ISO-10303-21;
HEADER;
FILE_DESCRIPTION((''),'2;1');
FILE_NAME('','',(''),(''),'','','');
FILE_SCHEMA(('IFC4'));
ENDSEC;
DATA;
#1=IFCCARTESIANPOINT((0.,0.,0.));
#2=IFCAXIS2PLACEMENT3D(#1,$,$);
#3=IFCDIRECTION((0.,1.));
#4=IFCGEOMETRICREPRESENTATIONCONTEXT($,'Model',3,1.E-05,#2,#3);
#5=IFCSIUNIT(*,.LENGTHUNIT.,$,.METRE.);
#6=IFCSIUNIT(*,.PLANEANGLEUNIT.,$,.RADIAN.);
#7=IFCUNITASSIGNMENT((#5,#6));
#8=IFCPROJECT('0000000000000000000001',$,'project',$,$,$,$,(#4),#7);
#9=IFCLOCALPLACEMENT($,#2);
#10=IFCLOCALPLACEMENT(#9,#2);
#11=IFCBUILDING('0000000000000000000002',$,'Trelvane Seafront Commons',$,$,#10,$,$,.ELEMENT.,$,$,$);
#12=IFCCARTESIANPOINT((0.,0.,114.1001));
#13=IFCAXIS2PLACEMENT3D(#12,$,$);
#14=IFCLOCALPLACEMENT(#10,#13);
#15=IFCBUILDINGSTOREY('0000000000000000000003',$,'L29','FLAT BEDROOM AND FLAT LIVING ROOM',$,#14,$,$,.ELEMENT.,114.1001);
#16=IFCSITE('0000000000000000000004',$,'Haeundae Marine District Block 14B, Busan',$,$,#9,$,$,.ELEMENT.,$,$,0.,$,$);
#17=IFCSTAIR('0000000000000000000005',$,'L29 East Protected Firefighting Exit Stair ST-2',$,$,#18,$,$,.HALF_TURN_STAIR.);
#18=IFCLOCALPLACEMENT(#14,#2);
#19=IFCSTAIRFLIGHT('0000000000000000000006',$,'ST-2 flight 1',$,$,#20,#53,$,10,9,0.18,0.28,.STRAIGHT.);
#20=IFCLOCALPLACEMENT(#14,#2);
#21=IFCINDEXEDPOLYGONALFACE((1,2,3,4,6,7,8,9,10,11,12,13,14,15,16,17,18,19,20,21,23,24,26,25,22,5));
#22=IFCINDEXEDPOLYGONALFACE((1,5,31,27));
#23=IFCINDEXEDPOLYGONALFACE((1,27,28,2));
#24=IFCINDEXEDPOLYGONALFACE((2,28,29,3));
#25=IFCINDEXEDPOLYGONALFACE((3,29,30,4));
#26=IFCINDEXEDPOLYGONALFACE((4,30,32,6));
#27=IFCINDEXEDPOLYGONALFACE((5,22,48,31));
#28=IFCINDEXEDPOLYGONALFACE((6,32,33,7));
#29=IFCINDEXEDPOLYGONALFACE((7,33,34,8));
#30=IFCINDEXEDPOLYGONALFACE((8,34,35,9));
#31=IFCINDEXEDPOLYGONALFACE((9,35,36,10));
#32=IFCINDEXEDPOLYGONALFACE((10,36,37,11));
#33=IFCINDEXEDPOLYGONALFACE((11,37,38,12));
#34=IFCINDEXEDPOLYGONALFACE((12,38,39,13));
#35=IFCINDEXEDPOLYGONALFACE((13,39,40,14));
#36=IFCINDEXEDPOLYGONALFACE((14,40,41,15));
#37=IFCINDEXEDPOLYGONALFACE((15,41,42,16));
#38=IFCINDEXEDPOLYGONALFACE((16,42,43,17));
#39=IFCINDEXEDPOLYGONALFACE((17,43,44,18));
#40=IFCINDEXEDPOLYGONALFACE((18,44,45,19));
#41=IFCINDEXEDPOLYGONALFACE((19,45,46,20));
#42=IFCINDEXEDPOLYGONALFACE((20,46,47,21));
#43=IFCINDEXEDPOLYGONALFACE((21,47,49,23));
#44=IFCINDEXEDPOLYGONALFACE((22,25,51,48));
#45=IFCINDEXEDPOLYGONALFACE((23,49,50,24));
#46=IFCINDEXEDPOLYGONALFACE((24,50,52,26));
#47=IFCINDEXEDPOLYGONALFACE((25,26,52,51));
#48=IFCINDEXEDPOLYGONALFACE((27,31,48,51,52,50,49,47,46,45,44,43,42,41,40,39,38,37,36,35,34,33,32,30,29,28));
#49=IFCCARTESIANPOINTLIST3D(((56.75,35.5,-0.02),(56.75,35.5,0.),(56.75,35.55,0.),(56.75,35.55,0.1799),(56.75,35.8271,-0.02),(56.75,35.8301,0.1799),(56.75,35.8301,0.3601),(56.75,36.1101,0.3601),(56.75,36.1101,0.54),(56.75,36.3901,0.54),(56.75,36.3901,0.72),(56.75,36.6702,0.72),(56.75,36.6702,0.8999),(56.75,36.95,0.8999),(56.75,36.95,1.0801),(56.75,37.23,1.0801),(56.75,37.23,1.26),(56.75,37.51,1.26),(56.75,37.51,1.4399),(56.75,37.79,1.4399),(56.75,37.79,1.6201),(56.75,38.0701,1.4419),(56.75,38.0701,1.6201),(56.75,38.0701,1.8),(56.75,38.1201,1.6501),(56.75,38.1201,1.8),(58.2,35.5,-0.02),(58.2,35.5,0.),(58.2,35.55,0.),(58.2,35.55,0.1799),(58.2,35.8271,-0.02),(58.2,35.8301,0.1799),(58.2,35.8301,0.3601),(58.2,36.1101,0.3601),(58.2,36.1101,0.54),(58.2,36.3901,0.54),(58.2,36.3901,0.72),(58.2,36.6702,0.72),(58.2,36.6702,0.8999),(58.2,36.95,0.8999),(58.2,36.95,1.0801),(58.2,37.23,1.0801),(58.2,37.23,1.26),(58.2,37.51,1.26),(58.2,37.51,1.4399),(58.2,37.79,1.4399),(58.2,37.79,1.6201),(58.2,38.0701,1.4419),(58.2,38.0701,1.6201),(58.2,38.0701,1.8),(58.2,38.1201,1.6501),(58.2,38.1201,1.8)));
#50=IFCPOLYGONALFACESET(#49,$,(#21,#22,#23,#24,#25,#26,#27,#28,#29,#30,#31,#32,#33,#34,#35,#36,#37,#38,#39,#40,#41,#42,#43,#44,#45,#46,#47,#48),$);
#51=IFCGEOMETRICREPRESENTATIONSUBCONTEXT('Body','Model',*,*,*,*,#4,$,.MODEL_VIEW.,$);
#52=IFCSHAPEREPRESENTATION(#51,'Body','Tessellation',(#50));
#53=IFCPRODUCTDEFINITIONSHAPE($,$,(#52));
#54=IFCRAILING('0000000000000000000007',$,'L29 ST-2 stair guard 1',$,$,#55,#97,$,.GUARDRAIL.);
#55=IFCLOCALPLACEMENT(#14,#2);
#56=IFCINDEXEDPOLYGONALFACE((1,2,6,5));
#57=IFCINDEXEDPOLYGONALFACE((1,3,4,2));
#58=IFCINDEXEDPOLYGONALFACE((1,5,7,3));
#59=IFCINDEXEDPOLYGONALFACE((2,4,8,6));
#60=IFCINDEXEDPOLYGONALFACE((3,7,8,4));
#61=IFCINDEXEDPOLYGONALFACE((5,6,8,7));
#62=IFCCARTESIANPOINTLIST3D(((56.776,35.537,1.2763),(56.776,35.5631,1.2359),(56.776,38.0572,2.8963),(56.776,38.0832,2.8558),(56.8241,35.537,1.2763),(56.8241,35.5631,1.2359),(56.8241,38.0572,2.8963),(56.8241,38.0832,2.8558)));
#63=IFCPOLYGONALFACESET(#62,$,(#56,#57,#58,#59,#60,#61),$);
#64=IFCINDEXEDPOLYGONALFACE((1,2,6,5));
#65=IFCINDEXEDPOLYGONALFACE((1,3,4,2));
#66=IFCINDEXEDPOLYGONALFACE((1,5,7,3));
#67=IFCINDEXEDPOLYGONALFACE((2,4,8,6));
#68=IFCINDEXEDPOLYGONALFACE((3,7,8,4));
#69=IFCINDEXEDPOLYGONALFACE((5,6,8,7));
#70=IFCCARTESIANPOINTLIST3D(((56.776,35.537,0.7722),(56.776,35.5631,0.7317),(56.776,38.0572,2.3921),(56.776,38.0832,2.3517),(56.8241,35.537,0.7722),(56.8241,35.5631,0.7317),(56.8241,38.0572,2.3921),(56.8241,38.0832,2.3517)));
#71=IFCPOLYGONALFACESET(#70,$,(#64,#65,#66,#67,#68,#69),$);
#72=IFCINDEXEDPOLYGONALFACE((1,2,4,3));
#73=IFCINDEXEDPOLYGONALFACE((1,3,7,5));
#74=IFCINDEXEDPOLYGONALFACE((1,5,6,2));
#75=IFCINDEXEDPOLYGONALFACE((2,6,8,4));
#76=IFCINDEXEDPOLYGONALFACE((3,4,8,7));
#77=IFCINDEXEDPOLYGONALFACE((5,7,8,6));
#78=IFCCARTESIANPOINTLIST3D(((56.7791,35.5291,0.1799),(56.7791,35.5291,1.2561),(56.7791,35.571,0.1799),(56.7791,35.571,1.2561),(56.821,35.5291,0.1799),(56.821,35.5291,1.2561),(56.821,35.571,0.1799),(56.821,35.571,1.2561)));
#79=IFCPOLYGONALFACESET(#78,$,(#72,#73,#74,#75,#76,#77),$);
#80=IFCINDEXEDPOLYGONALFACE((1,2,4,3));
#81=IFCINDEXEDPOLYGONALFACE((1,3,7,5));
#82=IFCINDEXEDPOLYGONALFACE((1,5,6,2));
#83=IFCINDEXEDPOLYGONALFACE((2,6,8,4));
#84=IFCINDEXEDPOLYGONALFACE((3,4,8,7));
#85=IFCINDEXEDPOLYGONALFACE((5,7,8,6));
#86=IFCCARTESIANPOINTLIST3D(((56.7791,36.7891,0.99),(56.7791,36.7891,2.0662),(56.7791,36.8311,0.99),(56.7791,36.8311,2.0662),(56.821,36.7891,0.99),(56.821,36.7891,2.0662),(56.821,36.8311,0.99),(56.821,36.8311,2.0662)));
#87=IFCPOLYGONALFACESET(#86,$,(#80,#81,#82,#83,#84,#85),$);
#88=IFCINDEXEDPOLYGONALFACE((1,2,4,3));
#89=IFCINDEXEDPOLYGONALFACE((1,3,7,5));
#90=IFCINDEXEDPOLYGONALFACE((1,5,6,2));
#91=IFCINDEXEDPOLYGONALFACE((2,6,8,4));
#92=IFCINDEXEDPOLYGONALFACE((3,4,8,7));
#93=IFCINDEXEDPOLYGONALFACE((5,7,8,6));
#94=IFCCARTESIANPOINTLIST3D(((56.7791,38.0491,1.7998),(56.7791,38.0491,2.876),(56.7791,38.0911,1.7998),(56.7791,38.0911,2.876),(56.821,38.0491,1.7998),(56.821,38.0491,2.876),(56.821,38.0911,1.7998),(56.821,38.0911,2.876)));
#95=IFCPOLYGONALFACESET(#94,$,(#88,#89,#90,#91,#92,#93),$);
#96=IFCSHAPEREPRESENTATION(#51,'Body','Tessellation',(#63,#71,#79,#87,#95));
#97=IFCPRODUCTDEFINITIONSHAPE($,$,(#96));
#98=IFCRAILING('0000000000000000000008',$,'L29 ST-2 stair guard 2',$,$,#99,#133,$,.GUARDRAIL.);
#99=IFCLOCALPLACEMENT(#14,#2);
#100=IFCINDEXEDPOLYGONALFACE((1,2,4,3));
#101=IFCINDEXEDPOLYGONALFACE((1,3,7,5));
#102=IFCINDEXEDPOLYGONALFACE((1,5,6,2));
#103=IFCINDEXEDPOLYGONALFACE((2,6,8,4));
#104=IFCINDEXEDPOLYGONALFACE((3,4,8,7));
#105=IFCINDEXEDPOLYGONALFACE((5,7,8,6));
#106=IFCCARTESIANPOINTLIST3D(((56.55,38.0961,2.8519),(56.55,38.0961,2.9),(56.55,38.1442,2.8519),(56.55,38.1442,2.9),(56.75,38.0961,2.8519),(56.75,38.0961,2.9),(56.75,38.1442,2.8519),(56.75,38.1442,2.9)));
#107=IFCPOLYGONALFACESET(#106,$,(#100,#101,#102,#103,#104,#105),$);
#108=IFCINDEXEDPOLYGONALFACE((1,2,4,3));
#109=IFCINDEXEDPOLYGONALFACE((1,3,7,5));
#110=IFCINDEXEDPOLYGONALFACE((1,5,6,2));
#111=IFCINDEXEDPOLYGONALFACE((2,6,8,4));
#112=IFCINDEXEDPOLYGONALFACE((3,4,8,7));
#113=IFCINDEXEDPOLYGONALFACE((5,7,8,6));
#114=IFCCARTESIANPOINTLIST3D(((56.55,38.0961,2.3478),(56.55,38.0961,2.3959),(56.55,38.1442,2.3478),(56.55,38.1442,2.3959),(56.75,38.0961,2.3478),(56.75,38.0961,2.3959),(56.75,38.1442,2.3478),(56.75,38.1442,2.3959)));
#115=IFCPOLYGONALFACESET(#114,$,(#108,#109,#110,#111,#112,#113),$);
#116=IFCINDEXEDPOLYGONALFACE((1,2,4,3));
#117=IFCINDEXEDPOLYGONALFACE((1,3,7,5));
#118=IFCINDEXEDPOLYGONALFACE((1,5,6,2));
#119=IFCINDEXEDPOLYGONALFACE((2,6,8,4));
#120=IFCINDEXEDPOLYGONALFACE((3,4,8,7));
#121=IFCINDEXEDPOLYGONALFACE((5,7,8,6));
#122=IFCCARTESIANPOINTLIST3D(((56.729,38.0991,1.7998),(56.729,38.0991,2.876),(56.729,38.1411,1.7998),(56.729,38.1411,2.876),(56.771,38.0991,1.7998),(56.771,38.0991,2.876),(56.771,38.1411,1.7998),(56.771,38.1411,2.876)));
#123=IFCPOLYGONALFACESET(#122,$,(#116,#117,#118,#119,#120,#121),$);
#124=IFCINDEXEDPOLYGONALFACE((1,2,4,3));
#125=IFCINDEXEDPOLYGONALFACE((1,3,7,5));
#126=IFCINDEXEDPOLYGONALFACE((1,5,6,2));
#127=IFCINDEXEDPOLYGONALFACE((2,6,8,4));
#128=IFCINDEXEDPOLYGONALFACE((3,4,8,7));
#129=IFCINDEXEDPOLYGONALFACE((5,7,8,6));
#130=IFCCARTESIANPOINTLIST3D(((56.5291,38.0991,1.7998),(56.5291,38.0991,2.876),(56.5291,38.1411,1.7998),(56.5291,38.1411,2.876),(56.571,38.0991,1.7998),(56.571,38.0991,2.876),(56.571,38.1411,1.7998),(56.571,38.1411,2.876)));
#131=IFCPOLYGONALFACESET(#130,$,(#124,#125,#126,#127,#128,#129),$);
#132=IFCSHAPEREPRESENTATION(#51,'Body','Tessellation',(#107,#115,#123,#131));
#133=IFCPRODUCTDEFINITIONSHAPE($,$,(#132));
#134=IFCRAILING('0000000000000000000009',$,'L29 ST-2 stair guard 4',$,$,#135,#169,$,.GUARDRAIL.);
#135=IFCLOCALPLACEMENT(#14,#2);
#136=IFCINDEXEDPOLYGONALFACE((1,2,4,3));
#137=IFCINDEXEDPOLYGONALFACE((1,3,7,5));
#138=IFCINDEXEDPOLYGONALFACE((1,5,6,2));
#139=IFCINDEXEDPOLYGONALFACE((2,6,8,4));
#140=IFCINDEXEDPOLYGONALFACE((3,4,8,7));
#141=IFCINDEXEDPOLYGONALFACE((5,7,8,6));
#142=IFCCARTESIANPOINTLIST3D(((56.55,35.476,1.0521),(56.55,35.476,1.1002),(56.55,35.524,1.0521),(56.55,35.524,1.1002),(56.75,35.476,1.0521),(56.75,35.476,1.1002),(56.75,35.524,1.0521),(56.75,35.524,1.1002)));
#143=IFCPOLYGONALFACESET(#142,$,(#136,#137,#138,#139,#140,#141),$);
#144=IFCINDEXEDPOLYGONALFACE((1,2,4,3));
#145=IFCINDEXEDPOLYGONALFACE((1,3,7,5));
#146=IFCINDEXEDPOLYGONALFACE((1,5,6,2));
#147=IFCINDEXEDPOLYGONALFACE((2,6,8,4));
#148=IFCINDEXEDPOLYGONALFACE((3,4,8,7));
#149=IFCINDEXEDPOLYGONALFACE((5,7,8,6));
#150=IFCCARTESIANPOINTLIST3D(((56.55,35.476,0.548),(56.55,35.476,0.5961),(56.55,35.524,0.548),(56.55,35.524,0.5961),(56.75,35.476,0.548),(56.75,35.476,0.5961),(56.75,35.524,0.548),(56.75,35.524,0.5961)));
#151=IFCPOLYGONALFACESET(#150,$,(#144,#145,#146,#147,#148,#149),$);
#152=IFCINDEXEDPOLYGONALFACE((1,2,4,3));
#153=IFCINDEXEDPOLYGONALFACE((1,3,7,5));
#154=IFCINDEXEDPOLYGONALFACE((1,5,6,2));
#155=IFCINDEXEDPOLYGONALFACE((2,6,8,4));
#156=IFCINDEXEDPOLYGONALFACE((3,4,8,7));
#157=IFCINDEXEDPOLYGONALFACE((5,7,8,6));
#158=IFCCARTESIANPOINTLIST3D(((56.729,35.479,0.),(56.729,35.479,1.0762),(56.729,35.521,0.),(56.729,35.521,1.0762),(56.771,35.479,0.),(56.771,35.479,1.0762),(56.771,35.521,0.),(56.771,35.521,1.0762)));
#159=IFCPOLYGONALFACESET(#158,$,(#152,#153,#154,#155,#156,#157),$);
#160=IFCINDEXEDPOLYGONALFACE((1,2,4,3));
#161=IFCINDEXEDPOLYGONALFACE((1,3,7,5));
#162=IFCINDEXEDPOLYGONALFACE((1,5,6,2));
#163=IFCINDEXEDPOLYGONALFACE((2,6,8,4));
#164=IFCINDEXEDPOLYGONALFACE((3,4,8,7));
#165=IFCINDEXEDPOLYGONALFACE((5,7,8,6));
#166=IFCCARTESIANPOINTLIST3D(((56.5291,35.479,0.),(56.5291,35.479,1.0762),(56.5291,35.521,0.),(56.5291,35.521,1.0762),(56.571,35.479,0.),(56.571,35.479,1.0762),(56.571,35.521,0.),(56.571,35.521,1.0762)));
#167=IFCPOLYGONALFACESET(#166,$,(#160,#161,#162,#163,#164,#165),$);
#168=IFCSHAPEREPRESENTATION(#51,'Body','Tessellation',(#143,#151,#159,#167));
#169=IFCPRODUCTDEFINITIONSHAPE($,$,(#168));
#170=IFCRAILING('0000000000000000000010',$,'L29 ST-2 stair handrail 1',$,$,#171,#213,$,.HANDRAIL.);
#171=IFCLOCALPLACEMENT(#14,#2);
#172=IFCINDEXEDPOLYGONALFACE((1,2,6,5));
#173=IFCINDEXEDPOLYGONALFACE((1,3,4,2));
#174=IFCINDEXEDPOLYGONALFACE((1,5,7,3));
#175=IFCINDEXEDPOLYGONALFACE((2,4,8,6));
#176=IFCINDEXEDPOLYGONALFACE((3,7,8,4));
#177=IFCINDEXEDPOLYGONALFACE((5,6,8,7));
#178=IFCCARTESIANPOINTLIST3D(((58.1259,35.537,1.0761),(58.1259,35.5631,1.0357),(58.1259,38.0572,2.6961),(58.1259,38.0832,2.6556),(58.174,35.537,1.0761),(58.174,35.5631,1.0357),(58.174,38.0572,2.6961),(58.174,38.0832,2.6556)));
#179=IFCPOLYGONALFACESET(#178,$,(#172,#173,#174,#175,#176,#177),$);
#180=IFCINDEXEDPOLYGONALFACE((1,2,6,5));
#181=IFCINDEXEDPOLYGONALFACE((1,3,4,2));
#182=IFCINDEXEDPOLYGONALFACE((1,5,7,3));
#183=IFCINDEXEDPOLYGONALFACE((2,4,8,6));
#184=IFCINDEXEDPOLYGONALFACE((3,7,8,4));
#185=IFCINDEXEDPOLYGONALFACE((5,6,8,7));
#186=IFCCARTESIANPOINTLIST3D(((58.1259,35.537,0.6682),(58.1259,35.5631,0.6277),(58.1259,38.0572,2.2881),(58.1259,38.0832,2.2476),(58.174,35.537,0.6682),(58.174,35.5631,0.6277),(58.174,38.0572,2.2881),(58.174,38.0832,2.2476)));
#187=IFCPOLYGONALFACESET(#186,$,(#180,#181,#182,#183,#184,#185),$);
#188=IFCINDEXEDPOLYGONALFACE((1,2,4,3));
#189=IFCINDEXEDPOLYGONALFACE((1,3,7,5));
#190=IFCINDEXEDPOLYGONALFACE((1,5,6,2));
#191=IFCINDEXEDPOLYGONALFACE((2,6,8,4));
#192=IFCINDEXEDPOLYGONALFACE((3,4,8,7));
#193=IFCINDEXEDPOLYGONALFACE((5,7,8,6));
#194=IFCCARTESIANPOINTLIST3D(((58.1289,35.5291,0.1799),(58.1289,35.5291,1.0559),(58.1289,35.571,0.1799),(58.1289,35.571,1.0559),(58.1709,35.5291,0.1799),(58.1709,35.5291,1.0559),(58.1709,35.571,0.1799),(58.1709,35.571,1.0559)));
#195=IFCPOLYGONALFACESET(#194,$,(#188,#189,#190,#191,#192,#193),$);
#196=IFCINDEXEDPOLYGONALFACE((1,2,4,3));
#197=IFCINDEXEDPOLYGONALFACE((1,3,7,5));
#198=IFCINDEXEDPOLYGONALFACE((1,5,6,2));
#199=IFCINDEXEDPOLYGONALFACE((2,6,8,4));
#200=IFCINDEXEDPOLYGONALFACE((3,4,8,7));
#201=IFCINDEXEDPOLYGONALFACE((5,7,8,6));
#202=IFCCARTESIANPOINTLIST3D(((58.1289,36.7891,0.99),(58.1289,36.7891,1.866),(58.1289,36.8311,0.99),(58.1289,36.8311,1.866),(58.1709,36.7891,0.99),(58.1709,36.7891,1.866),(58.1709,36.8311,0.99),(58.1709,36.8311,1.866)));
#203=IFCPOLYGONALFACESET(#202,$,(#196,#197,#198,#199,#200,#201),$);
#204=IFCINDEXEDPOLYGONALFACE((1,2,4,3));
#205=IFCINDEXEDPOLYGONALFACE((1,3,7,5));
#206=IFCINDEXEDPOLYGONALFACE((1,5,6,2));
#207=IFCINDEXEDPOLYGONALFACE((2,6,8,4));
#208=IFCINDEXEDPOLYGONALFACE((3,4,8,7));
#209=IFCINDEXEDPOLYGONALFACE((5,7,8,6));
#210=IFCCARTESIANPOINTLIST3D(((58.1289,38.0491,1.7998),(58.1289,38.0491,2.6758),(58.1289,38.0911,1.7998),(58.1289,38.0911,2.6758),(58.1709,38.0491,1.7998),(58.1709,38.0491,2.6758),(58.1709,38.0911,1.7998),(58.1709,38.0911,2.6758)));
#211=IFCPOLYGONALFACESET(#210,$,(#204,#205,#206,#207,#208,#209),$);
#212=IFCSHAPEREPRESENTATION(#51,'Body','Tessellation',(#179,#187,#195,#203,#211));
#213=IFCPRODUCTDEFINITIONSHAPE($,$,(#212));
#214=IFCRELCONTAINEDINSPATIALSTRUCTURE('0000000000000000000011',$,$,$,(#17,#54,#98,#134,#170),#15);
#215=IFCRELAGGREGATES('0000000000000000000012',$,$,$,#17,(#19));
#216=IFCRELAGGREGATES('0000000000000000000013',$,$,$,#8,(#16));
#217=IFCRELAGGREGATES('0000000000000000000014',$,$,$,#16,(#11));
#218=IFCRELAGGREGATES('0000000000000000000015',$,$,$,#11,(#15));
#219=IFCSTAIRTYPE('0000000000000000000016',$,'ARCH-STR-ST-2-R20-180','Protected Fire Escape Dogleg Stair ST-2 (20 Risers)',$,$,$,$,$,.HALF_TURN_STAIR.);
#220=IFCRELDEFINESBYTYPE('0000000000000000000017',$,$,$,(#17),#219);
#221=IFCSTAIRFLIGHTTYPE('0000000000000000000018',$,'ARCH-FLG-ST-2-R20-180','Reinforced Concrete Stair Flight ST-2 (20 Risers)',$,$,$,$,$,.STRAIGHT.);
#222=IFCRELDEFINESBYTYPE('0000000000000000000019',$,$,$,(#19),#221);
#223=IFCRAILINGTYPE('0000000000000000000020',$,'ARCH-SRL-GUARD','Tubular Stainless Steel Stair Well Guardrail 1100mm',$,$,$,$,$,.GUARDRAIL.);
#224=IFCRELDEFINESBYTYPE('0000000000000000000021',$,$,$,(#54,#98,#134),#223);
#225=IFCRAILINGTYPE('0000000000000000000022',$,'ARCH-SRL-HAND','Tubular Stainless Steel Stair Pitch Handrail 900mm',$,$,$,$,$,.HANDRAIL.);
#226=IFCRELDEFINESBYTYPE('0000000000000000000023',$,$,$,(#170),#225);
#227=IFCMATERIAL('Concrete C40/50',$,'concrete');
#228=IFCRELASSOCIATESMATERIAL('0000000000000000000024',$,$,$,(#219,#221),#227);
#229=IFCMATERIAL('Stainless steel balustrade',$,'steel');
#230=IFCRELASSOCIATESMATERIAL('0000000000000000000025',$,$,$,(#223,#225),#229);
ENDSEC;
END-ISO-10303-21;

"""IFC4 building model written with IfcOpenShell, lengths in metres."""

from ifc_helpers import new_model, si_unit, direction, frame, origin, origin_2d, place, context, subcontext, project, spatial, polyline, rectangle, outline, extrude, source, transform, mapped, material, type_object, element, aggregate, save


model = new_model("IFC4")

# Units and contexts
model_context = context("Model", 3, precision=1e-05, world=origin(), true_north=direction((0.0, 1.0)))
body_context = subcontext(model_context, "Body", "Model", "MODEL_VIEW")
ifc_project = project(units=[si_unit("LENGTHUNIT", "METRE"), si_unit("PLANEANGLEUNIT", "RADIAN")], contexts=[model_context])

# Site, building, storey
site_placement = place(None, origin())
site = spatial("IfcSite", under=ifc_project, at=site_placement, Name="Haeundae Marine District Block 14B, Busan", CompositionType="ELEMENT", RefElevation=0.0)
building_placement = place(site_placement, origin())
building = spatial("IfcBuilding", under=site, at=building_placement, Name="Trelvane Seafront Commons", CompositionType="ELEMENT")
storey_placement = place(building_placement, frame((0.0, 0.0, 114.1001)))
storey = spatial("IfcBuildingStorey", under=building, at=storey_placement, Name="L29", Description="FLAT BEDROOM AND FLAT LIVING ROOM", CompositionType="ELEMENT", Elevation=114.1001)

# Stair, stair flight
ifc_material_1 = material(Name="Concrete C40/50", Category="concrete")
stair_type = type_object("IfcStairType", Name="ARCH-STR-ST-2-R20-180", Description="Protected Fire Escape Dogleg Stair ST-2 (20 Risers)", PredefinedType="HALF_TURN_STAIR", material=ifc_material_1)
stair_placement = place(storey_placement, origin())
stair = element("IfcStair", 1, at=stair_placement, inside=storey, type_object=stair_type, Name="L29 East Protected Firefighting Exit Stair ST-2", PredefinedType="HALF_TURN_STAIR")
stair_flight_type = type_object("IfcStairFlightType", Name="ARCH-FLG-ST-2-R20-180", Description="Reinforced Concrete Stair Flight ST-2 (20 Risers)", PredefinedType="STRAIGHT", material=ifc_material_1)
shared_shape_1 = source(origin(), body_context, "Body", "SweptSolid", [
    extrude(outline(polyline([(-0.05, -0.02), (-0.05, 0.0), (0.0, 0.0), (0.0, 0.1799), (0.28, 0.1799), (0.28, 0.3601), (0.5601, 0.3601), (0.5601, 0.54), (0.8401, 0.54), (0.8401, 0.72), (1.1201, 0.72), (1.1201, 0.8999), (1.3999, 0.8999), (1.3999, 1.0801), (1.6799, 1.0801), (1.6799, 1.26), (1.96, 1.26), (1.96, 1.4399), (2.24, 1.4399), (2.24, 1.6201), (2.52, 1.6201), (2.52, 1.8), (2.5701, 1.8), (2.5701, 1.6501), (2.52, 1.4419), (0.2771, -0.02), (-0.05, -0.02)])), frame((0.0, 0.7251, 0.0), z_axis=(0.0, -1.0, 0.0), x_axis=(1.0, 0.0, 0.0)), (0.0, 0.0, 1.0), 1.45),
])
stair_flight_placement = place(storey_placement, frame((57.4751, 35.55, 0.0), z_axis=(0.0, 0.0, 1.0), x_axis=(0.0, 1.0, 0.0)))
stair_flight = element("IfcStairFlight", 2, at=stair_flight_placement, type_object=stair_flight_type, Name="ST-2 flight 1", NumberOfRisers=10, NumberOfTreads=9, PredefinedType="STRAIGHT", RiserHeight=0.18, TreadLength=0.28, context=body_context, shape_type="MappedRepresentation", body=[
    mapped(shared_shape_1, transform((0.0, 0.0, 0.0), x_axis=(1.0, 0.0, 0.0), y_axis=(0.0, 1.0, 0.0), z_axis=(0.0, 0.0, 1.0), scale=1.0)),
])
aggregate(stair, [stair_flight])

# Railings
ifc_material_2 = material(Name="Stainless steel balustrade", Category="steel")
railing_type_1 = type_object("IfcRailingType", Name="ARCH-SRL-GUARD", Description="Tubular Stainless Steel Stair Well Guardrail 1100mm", PredefinedType="GUARDRAIL", material=ifc_material_2)
railing_1_placement = place(storey_placement, frame((56.8, 35.55, 0.1799)))
element("IfcRailing", 3, at=railing_1_placement, inside=storey, type_object=railing_type_1, Name="L29 ST-2 stair guard 1", PredefinedType="GUARDRAIL", context=body_context, shape_type="SweptSolid", body=[
    extrude(rectangle(XDim=0.0481, YDim=0.0481, at=origin_2d()), frame((0.0, 0.0, 1.0762), z_axis=(0.0, 0.8412, 0.540725), x_axis=(-1.0, 0.0, 0.0)), (0.0, 0.0, 1.0), 2.9958),
    extrude(rectangle(XDim=0.0481, YDim=0.0481, at=origin_2d()), frame((0.0, 0.0, 0.572), z_axis=(0.0, 0.8412, 0.540725), x_axis=(-1.0, 0.0, 0.0)), (0.0, 0.0, 1.0), 2.9958),
    extrude(rectangle(XDim=0.042, YDim=0.042, at=origin_2d()), origin(), (0.0, 0.0, 1.0), 1.0762),
    extrude(rectangle(XDim=0.042, YDim=0.042, at=origin_2d()), frame((0.0, 1.26, 0.8101)), (0.0, 0.0, 1.0), 1.0762),
    extrude(rectangle(XDim=0.042, YDim=0.042, at=origin_2d()), frame((0.0, 2.52, 1.6199)), (0.0, 0.0, 1.0), 1.0762),
])
for number, where, name in (
    (4, (56.75, 38.1201, 1.7998), "L29 ST-2 stair guard 2"),
    (5, (56.75, 35.5, 0.0), "L29 ST-2 stair guard 4"),
):
    element("IfcRailing", number, at=place(storey_placement, frame(where)), inside=storey, type_object=railing_type_1, Name=name, PredefinedType="GUARDRAIL", context=body_context, shape_type="SweptSolid", body=[
        extrude(rectangle(XDim=0.0481, YDim=0.0481, at=origin_2d()), frame((0.0, 0.0, 1.0762), z_axis=(-1.0, 0.0, 0.0), x_axis=(0.0, -1.0, 0.0)), (0.0, 0.0, 1.0), 0.2),
        extrude(rectangle(XDim=0.0481, YDim=0.0481, at=origin_2d()), frame((0.0, 0.0, 0.572), z_axis=(-1.0, 0.0, 0.0), x_axis=(0.0, -1.0, 0.0)), (0.0, 0.0, 1.0), 0.2),
        extrude(rectangle(XDim=0.042, YDim=0.042, at=origin_2d()), origin(), (0.0, 0.0, 1.0), 1.0762),
        extrude(rectangle(XDim=0.042, YDim=0.042, at=origin_2d()), frame((-0.2, 0.0, 0.0)), (0.0, 0.0, 1.0), 1.0762),
    ])
railing_type_2 = type_object("IfcRailingType", Name="ARCH-SRL-HAND", Description="Tubular Stainless Steel Stair Pitch Handrail 900mm", PredefinedType="HANDRAIL", material=ifc_material_2)
railing_2_placement = place(storey_placement, frame((58.1499, 35.55, 0.1799)))
element("IfcRailing", 6, at=railing_2_placement, inside=storey, type_object=railing_type_2, Name="L29 ST-2 stair handrail 1", PredefinedType="HANDRAIL", context=body_context, shape_type="SweptSolid", body=[
    extrude(rectangle(XDim=0.0481, YDim=0.0481, at=origin_2d()), frame((0.0, 0.0, 0.876), z_axis=(0.0, 0.8412, 0.540725), x_axis=(-1.0, 0.0, 0.0)), (0.0, 0.0, 1.0), 2.9958),
    extrude(rectangle(XDim=0.0481, YDim=0.0481, at=origin_2d()), frame((0.0, 0.0, 0.468), z_axis=(0.0, 0.8412, 0.540725), x_axis=(-1.0, 0.0, 0.0)), (0.0, 0.0, 1.0), 2.9958),
    extrude(rectangle(XDim=0.042, YDim=0.042, at=origin_2d()), origin(), (0.0, 0.0, 1.0), 0.876),
    extrude(rectangle(XDim=0.042, YDim=0.042, at=origin_2d()), frame((0.0, 1.26, 0.8101)), (0.0, 0.0, 1.0), 0.876),
    extrude(rectangle(XDim=0.042, YDim=0.042, at=origin_2d()), frame((0.0, 2.52, 1.6199)), (0.0, 0.0, 1.0), 0.876),
])

save(model, "model.ifc")
